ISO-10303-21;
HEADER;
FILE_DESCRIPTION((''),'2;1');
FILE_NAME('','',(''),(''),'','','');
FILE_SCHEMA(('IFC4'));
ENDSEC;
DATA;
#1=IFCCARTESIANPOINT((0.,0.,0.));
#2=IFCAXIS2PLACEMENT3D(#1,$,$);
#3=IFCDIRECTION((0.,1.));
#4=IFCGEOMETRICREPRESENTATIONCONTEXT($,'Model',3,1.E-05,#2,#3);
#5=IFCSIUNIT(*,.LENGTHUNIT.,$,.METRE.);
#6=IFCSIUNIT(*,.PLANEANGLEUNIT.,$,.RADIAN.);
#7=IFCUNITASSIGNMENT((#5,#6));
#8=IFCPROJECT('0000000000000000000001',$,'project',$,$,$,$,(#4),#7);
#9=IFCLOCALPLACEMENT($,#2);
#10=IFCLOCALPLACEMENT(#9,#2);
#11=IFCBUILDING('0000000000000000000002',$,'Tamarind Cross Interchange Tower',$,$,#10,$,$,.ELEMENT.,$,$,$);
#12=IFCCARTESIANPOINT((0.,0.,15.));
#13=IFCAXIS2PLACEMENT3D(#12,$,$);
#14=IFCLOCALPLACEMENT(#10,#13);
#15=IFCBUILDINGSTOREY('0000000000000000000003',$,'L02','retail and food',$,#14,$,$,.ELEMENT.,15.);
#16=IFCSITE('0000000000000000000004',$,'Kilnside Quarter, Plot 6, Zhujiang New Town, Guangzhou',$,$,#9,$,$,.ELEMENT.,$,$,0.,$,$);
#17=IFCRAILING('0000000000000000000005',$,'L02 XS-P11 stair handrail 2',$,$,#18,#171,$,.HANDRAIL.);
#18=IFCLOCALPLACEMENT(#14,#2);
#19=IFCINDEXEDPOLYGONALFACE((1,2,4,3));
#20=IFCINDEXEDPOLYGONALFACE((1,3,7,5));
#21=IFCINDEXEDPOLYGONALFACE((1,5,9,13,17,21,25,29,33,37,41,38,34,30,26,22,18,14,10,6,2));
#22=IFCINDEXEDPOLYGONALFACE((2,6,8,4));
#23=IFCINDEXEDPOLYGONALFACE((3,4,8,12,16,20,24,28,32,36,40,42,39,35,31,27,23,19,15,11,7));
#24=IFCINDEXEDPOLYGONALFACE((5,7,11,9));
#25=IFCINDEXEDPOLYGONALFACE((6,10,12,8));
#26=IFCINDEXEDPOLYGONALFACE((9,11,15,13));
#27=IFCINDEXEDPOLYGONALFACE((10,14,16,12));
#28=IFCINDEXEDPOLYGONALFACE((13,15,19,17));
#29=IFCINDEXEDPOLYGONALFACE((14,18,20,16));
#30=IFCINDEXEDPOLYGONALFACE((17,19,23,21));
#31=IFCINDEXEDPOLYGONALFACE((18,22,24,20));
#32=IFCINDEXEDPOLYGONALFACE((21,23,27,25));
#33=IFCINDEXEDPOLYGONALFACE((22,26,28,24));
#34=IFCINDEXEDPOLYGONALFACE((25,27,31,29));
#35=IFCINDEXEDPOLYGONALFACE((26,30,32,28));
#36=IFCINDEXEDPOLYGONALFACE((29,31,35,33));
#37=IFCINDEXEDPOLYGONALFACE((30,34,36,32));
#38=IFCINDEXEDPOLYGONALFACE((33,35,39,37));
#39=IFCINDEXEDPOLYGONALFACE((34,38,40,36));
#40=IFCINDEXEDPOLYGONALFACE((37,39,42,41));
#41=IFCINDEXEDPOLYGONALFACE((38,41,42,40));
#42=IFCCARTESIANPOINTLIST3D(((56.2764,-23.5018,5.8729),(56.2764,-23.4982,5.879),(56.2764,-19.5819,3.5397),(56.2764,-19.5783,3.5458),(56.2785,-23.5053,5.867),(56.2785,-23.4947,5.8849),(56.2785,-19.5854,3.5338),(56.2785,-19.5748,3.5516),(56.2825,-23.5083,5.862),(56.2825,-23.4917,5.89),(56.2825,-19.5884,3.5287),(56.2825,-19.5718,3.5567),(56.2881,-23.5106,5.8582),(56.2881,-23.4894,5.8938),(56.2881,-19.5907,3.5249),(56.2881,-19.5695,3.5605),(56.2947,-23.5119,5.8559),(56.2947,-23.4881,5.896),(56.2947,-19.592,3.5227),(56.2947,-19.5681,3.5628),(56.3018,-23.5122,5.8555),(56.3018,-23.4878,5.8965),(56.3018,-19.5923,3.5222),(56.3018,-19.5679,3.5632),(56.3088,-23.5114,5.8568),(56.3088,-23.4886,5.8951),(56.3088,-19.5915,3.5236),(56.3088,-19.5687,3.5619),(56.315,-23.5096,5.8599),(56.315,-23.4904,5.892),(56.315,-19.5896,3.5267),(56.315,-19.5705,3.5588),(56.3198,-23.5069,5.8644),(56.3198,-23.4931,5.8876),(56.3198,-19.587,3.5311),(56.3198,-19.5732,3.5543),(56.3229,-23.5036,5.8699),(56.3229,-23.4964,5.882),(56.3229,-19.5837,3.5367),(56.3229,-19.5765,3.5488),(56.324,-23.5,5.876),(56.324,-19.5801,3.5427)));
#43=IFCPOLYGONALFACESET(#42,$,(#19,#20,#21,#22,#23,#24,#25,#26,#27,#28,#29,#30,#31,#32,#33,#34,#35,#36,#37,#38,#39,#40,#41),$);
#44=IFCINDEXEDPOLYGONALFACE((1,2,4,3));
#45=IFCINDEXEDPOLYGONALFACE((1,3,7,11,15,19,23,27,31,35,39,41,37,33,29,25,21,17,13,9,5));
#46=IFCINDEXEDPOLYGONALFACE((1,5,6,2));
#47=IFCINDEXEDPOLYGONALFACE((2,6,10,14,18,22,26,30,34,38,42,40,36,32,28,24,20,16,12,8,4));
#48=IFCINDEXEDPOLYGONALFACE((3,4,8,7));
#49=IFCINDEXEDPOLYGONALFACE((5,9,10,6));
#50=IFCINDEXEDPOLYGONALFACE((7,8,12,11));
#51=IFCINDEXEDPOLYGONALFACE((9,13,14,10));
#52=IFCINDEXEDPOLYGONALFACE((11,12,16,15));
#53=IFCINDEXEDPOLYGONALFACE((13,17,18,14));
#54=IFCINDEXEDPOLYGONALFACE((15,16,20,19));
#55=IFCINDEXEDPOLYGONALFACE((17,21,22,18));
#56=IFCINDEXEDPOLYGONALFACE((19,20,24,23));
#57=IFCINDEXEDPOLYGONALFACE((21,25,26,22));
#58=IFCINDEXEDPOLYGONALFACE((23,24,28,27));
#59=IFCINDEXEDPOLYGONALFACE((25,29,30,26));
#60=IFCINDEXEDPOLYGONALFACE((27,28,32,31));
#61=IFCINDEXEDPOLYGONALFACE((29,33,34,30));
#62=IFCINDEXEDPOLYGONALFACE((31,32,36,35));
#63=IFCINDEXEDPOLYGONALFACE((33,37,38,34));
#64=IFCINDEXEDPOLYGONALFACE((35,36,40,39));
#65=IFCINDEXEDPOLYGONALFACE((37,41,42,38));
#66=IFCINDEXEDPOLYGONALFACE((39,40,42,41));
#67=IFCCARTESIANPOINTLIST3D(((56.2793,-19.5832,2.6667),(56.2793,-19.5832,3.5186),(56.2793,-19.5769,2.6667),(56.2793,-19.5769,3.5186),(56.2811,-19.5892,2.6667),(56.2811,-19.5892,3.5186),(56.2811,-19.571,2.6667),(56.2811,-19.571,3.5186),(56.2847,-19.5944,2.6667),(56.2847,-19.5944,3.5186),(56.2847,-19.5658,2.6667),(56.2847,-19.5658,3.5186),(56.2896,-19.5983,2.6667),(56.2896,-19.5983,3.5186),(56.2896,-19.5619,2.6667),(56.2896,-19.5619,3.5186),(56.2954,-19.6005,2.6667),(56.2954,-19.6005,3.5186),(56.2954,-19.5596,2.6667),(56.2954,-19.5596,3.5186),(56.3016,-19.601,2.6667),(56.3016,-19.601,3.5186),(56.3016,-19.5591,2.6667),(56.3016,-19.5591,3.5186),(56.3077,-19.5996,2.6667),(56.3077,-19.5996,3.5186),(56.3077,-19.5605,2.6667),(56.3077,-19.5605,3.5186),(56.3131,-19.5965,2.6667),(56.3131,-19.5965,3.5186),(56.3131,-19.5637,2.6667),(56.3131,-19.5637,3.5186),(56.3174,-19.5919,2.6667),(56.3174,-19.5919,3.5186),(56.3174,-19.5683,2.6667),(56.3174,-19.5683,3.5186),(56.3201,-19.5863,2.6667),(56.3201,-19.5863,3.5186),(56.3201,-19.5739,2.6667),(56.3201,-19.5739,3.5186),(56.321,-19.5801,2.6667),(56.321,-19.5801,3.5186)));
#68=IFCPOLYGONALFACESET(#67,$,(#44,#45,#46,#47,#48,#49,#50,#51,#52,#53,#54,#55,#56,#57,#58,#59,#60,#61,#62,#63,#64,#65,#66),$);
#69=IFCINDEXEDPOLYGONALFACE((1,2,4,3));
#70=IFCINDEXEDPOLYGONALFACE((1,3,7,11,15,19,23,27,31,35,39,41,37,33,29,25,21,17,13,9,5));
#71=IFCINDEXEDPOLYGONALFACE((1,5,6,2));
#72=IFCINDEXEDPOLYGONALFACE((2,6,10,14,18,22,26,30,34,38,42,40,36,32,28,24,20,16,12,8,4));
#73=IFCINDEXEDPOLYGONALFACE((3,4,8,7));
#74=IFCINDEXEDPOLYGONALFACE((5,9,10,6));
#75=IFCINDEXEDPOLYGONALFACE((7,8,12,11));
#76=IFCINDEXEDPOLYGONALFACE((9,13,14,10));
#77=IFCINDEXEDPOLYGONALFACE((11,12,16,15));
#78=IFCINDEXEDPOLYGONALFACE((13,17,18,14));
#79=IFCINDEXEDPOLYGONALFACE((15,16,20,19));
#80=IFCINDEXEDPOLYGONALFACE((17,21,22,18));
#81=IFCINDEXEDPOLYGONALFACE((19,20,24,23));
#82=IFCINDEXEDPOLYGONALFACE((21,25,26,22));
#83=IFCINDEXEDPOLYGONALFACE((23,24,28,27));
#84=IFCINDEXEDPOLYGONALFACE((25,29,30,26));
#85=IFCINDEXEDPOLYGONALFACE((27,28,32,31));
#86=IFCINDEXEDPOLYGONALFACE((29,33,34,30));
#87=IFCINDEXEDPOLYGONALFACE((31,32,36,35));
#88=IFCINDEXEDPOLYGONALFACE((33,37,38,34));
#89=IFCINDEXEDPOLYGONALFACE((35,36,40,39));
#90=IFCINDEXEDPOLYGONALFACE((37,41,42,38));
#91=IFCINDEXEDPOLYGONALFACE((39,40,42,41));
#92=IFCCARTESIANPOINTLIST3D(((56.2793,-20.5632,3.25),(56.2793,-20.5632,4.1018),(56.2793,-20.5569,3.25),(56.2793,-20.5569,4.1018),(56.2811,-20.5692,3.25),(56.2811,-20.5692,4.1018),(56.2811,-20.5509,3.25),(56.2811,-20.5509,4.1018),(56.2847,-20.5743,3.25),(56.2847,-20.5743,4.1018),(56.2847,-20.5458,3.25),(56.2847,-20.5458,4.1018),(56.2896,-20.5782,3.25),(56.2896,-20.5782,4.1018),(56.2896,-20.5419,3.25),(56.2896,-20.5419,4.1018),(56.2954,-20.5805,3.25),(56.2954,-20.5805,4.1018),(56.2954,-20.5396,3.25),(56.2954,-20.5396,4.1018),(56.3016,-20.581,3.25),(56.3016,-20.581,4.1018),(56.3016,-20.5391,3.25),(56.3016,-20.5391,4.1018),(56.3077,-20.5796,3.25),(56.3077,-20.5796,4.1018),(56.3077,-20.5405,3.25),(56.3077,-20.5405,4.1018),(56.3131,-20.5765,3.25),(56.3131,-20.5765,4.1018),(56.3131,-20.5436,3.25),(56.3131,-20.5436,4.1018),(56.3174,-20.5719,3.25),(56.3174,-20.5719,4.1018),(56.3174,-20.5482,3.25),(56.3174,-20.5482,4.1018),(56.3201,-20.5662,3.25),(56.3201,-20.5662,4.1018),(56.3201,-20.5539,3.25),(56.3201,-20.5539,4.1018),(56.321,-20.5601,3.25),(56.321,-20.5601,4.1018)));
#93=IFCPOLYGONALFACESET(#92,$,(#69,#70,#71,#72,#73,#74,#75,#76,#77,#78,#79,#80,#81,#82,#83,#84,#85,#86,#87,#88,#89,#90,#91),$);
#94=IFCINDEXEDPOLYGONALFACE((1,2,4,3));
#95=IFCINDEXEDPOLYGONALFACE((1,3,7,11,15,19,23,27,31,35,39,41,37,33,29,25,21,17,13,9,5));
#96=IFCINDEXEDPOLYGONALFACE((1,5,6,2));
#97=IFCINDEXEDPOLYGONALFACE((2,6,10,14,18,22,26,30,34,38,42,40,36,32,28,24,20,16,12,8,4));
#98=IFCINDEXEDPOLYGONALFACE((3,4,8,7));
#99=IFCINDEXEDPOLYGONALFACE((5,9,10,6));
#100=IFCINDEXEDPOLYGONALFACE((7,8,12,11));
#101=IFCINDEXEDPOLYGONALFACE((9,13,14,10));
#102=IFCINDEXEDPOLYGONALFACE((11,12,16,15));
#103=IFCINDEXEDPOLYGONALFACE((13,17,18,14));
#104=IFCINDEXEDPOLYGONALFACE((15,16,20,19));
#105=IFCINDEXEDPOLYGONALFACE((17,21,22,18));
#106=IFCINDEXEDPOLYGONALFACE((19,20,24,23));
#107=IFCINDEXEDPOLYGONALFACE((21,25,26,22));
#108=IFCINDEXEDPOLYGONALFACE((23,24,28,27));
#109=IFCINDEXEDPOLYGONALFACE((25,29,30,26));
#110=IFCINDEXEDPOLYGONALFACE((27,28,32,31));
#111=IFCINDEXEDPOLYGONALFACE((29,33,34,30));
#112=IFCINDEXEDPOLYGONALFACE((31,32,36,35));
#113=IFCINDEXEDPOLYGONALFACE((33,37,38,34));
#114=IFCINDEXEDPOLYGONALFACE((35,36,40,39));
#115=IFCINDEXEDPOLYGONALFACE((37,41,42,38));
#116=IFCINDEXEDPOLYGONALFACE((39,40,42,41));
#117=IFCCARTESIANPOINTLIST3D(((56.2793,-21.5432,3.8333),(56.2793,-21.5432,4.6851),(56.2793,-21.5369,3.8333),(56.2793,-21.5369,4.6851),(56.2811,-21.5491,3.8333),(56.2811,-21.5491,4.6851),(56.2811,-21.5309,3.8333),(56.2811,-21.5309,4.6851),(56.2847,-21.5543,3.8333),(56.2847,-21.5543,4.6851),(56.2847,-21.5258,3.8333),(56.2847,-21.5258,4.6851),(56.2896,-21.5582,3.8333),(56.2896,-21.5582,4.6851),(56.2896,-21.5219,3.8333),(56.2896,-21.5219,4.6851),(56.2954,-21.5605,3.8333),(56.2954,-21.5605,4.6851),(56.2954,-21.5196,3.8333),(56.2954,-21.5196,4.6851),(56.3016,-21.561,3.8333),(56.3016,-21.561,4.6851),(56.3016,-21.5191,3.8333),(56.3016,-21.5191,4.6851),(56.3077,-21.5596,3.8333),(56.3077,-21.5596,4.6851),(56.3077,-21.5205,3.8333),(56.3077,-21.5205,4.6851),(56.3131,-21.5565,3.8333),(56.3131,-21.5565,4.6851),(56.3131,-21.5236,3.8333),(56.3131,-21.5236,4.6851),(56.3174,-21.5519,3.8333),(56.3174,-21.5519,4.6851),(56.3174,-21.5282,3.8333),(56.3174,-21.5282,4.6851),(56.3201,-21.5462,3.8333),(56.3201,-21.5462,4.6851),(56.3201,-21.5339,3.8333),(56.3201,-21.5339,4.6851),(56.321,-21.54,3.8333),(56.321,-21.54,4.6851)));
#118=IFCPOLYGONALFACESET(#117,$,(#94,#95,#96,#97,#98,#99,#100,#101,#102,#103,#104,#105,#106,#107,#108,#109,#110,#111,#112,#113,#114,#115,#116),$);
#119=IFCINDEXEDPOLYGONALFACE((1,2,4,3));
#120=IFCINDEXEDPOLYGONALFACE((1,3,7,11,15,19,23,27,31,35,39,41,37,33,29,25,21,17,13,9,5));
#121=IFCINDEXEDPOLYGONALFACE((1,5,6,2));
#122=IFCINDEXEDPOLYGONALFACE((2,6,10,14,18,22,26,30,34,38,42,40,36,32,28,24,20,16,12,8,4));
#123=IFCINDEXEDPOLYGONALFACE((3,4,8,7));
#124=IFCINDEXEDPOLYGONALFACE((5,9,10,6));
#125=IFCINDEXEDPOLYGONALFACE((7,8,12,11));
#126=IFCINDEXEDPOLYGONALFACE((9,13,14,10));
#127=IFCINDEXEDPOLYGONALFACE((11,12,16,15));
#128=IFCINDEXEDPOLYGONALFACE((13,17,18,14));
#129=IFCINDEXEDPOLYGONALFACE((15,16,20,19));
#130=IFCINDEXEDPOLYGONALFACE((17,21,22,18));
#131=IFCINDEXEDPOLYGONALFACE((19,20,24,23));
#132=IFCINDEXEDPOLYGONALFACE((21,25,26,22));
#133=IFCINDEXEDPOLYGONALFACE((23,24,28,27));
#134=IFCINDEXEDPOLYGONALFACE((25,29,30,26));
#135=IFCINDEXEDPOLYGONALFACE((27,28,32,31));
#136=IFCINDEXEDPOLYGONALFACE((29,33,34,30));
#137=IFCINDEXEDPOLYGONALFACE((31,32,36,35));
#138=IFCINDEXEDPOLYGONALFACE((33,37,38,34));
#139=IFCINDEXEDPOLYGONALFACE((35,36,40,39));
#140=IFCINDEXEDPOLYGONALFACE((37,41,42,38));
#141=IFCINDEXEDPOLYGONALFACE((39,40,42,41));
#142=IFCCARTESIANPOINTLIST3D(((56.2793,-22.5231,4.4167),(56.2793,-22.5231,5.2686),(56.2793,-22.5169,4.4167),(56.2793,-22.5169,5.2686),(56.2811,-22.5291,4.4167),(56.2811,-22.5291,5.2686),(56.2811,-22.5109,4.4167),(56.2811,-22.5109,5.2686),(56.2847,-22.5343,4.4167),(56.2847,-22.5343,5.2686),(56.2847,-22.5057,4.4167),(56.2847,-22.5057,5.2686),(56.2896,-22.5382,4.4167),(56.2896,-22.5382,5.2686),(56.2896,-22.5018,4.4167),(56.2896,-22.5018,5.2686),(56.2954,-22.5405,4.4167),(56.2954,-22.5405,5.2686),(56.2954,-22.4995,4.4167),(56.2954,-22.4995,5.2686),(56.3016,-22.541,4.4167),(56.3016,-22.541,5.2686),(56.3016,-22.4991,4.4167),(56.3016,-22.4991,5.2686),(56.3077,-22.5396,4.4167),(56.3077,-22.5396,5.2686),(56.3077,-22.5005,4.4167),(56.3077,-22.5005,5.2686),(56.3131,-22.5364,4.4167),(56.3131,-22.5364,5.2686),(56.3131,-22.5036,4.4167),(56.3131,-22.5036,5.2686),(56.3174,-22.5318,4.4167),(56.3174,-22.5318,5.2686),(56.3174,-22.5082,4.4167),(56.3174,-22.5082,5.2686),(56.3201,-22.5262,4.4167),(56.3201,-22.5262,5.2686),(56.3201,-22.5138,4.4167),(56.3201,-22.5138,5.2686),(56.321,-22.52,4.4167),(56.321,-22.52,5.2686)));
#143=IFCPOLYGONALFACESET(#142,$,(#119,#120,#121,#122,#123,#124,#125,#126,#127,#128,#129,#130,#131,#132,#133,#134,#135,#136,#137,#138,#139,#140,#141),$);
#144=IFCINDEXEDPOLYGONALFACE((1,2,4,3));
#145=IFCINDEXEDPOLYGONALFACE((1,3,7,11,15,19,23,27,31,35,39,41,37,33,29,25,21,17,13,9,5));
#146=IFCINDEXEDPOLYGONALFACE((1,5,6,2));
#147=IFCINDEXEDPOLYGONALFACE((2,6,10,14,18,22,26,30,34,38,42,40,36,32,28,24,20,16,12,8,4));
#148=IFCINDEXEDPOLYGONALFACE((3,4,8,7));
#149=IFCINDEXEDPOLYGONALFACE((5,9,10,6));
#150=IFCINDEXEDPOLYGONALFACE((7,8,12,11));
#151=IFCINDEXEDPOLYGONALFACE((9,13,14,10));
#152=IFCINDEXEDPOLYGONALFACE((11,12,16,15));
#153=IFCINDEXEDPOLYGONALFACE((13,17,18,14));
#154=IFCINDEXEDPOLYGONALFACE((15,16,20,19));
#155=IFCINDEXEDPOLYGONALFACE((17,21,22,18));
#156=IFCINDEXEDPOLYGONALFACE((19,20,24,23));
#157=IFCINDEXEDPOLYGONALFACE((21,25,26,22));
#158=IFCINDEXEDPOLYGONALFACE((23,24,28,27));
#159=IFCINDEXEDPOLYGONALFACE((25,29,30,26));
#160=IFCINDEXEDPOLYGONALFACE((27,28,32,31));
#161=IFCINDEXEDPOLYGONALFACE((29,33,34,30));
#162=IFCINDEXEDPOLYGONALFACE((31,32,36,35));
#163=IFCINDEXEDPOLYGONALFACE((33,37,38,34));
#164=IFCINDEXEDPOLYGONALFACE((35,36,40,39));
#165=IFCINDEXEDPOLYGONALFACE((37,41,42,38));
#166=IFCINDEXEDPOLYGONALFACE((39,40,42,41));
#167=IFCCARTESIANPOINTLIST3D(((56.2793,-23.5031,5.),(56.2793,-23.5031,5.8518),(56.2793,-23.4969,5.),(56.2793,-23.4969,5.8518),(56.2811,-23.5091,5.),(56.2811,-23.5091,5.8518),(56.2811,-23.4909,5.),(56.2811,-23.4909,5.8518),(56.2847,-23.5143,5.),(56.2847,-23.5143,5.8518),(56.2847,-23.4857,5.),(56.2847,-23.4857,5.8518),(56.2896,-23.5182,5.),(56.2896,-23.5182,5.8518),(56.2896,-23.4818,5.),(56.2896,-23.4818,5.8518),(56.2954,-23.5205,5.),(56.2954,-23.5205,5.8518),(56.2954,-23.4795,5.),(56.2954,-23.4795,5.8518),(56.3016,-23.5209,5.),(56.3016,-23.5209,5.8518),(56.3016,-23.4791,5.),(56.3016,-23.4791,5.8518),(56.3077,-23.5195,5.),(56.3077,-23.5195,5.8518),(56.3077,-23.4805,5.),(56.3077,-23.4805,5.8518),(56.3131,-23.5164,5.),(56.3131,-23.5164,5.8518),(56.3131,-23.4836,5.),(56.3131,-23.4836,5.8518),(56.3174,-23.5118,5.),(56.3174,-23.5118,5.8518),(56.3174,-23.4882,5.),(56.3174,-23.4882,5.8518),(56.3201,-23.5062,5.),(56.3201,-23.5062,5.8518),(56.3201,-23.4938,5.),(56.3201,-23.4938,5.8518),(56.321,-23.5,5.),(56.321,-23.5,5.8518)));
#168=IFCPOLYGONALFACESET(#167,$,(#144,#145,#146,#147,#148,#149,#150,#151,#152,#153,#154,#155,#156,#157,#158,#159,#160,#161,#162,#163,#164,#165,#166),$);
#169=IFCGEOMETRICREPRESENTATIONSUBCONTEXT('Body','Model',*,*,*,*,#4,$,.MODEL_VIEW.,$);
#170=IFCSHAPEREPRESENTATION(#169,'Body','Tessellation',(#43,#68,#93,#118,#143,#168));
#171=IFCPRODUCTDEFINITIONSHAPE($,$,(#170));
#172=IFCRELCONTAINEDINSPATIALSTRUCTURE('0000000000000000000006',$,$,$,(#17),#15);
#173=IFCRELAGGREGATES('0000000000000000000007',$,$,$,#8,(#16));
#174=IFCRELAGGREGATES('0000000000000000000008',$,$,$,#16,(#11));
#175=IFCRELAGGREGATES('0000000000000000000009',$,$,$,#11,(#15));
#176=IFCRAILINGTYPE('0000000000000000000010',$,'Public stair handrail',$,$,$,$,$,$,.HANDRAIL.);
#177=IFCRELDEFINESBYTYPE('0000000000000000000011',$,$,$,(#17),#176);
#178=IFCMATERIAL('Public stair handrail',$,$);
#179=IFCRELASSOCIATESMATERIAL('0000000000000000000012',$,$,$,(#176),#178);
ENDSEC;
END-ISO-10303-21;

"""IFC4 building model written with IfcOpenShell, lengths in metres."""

from ifc_helpers import new_model, si_unit, direction, frame, origin, origin_2d, place, context, subcontext, project, spatial, circle, extrude, material, type_object, element, save


model = new_model("IFC4")

# Units and contexts
model_context = context("Model", 3, precision=1e-05, world=origin(), true_north=direction((0.0, 1.0)))
body_context = subcontext(model_context, "Body", "Model", "MODEL_VIEW")
ifc_project = project(units=[si_unit("LENGTHUNIT", "METRE"), si_unit("PLANEANGLEUNIT", "RADIAN")], contexts=[model_context])

# Site, building, storey
site_placement = place(None, origin())
site = spatial("IfcSite", under=ifc_project, at=site_placement, Name="Kilnside Quarter, Plot 6, Zhujiang New Town, Guangzhou", CompositionType="ELEMENT", RefElevation=0.0)
building_placement = place(site_placement, origin())
building = spatial("IfcBuilding", under=site, at=building_placement, Name="Tamarind Cross Interchange Tower", CompositionType="ELEMENT")
storey_placement = place(building_placement, frame((0.0, 0.0, 15.0)))
storey = spatial("IfcBuildingStorey", under=building, at=storey_placement, Name="L02", Description="retail and food", CompositionType="ELEMENT", Elevation=15.0)

# Railing
ifc_material_1 = material(Name="Public stair handrail")
railing_type_1 = type_object("IfcRailingType", Name="Public stair handrail", PredefinedType="HANDRAIL", material=ifc_material_1)
railing_1_placement = place(storey_placement, frame((56.3, -19.5801, 2.6667)))
element("IfcRailing", 1, at=railing_1_placement, inside=storey, type_object=railing_type_1, Name="L02 XS-P11 stair handrail 2", PredefinedType="HANDRAIL", context=body_context, shape_type="SweptSolid", body=[
    extrude(circle(Radius=0.0239, at=origin_2d()), frame((0.0, 0.0, 0.876), z_axis=(0.0, -0.859296, 0.511478), x_axis=(1.0, 0.0, 0.0)), (0.0, 0.0, 1.0), 4.5618),
    extrude(circle(Radius=0.021, at=origin_2d()), origin(), (0.0, 0.0, 1.0), 0.8518),
    extrude(circle(Radius=0.021, at=origin_2d()), frame((0.0, -0.98, 0.5833)), (0.0, 0.0, 1.0), 0.8518),
    extrude(circle(Radius=0.021, at=origin_2d()), frame((0.0, -1.96, 1.1665)), (0.0, 0.0, 1.0), 0.8518),
    extrude(circle(Radius=0.021, at=origin_2d()), frame((0.0, -2.9399, 1.75)), (0.0, 0.0, 1.0), 0.8518),
    extrude(circle(Radius=0.021, at=origin_2d()), frame((0.0, -3.9199, 2.3333)), (0.0, 0.0, 1.0), 0.8518),
])

save(model, "model.ifc")
